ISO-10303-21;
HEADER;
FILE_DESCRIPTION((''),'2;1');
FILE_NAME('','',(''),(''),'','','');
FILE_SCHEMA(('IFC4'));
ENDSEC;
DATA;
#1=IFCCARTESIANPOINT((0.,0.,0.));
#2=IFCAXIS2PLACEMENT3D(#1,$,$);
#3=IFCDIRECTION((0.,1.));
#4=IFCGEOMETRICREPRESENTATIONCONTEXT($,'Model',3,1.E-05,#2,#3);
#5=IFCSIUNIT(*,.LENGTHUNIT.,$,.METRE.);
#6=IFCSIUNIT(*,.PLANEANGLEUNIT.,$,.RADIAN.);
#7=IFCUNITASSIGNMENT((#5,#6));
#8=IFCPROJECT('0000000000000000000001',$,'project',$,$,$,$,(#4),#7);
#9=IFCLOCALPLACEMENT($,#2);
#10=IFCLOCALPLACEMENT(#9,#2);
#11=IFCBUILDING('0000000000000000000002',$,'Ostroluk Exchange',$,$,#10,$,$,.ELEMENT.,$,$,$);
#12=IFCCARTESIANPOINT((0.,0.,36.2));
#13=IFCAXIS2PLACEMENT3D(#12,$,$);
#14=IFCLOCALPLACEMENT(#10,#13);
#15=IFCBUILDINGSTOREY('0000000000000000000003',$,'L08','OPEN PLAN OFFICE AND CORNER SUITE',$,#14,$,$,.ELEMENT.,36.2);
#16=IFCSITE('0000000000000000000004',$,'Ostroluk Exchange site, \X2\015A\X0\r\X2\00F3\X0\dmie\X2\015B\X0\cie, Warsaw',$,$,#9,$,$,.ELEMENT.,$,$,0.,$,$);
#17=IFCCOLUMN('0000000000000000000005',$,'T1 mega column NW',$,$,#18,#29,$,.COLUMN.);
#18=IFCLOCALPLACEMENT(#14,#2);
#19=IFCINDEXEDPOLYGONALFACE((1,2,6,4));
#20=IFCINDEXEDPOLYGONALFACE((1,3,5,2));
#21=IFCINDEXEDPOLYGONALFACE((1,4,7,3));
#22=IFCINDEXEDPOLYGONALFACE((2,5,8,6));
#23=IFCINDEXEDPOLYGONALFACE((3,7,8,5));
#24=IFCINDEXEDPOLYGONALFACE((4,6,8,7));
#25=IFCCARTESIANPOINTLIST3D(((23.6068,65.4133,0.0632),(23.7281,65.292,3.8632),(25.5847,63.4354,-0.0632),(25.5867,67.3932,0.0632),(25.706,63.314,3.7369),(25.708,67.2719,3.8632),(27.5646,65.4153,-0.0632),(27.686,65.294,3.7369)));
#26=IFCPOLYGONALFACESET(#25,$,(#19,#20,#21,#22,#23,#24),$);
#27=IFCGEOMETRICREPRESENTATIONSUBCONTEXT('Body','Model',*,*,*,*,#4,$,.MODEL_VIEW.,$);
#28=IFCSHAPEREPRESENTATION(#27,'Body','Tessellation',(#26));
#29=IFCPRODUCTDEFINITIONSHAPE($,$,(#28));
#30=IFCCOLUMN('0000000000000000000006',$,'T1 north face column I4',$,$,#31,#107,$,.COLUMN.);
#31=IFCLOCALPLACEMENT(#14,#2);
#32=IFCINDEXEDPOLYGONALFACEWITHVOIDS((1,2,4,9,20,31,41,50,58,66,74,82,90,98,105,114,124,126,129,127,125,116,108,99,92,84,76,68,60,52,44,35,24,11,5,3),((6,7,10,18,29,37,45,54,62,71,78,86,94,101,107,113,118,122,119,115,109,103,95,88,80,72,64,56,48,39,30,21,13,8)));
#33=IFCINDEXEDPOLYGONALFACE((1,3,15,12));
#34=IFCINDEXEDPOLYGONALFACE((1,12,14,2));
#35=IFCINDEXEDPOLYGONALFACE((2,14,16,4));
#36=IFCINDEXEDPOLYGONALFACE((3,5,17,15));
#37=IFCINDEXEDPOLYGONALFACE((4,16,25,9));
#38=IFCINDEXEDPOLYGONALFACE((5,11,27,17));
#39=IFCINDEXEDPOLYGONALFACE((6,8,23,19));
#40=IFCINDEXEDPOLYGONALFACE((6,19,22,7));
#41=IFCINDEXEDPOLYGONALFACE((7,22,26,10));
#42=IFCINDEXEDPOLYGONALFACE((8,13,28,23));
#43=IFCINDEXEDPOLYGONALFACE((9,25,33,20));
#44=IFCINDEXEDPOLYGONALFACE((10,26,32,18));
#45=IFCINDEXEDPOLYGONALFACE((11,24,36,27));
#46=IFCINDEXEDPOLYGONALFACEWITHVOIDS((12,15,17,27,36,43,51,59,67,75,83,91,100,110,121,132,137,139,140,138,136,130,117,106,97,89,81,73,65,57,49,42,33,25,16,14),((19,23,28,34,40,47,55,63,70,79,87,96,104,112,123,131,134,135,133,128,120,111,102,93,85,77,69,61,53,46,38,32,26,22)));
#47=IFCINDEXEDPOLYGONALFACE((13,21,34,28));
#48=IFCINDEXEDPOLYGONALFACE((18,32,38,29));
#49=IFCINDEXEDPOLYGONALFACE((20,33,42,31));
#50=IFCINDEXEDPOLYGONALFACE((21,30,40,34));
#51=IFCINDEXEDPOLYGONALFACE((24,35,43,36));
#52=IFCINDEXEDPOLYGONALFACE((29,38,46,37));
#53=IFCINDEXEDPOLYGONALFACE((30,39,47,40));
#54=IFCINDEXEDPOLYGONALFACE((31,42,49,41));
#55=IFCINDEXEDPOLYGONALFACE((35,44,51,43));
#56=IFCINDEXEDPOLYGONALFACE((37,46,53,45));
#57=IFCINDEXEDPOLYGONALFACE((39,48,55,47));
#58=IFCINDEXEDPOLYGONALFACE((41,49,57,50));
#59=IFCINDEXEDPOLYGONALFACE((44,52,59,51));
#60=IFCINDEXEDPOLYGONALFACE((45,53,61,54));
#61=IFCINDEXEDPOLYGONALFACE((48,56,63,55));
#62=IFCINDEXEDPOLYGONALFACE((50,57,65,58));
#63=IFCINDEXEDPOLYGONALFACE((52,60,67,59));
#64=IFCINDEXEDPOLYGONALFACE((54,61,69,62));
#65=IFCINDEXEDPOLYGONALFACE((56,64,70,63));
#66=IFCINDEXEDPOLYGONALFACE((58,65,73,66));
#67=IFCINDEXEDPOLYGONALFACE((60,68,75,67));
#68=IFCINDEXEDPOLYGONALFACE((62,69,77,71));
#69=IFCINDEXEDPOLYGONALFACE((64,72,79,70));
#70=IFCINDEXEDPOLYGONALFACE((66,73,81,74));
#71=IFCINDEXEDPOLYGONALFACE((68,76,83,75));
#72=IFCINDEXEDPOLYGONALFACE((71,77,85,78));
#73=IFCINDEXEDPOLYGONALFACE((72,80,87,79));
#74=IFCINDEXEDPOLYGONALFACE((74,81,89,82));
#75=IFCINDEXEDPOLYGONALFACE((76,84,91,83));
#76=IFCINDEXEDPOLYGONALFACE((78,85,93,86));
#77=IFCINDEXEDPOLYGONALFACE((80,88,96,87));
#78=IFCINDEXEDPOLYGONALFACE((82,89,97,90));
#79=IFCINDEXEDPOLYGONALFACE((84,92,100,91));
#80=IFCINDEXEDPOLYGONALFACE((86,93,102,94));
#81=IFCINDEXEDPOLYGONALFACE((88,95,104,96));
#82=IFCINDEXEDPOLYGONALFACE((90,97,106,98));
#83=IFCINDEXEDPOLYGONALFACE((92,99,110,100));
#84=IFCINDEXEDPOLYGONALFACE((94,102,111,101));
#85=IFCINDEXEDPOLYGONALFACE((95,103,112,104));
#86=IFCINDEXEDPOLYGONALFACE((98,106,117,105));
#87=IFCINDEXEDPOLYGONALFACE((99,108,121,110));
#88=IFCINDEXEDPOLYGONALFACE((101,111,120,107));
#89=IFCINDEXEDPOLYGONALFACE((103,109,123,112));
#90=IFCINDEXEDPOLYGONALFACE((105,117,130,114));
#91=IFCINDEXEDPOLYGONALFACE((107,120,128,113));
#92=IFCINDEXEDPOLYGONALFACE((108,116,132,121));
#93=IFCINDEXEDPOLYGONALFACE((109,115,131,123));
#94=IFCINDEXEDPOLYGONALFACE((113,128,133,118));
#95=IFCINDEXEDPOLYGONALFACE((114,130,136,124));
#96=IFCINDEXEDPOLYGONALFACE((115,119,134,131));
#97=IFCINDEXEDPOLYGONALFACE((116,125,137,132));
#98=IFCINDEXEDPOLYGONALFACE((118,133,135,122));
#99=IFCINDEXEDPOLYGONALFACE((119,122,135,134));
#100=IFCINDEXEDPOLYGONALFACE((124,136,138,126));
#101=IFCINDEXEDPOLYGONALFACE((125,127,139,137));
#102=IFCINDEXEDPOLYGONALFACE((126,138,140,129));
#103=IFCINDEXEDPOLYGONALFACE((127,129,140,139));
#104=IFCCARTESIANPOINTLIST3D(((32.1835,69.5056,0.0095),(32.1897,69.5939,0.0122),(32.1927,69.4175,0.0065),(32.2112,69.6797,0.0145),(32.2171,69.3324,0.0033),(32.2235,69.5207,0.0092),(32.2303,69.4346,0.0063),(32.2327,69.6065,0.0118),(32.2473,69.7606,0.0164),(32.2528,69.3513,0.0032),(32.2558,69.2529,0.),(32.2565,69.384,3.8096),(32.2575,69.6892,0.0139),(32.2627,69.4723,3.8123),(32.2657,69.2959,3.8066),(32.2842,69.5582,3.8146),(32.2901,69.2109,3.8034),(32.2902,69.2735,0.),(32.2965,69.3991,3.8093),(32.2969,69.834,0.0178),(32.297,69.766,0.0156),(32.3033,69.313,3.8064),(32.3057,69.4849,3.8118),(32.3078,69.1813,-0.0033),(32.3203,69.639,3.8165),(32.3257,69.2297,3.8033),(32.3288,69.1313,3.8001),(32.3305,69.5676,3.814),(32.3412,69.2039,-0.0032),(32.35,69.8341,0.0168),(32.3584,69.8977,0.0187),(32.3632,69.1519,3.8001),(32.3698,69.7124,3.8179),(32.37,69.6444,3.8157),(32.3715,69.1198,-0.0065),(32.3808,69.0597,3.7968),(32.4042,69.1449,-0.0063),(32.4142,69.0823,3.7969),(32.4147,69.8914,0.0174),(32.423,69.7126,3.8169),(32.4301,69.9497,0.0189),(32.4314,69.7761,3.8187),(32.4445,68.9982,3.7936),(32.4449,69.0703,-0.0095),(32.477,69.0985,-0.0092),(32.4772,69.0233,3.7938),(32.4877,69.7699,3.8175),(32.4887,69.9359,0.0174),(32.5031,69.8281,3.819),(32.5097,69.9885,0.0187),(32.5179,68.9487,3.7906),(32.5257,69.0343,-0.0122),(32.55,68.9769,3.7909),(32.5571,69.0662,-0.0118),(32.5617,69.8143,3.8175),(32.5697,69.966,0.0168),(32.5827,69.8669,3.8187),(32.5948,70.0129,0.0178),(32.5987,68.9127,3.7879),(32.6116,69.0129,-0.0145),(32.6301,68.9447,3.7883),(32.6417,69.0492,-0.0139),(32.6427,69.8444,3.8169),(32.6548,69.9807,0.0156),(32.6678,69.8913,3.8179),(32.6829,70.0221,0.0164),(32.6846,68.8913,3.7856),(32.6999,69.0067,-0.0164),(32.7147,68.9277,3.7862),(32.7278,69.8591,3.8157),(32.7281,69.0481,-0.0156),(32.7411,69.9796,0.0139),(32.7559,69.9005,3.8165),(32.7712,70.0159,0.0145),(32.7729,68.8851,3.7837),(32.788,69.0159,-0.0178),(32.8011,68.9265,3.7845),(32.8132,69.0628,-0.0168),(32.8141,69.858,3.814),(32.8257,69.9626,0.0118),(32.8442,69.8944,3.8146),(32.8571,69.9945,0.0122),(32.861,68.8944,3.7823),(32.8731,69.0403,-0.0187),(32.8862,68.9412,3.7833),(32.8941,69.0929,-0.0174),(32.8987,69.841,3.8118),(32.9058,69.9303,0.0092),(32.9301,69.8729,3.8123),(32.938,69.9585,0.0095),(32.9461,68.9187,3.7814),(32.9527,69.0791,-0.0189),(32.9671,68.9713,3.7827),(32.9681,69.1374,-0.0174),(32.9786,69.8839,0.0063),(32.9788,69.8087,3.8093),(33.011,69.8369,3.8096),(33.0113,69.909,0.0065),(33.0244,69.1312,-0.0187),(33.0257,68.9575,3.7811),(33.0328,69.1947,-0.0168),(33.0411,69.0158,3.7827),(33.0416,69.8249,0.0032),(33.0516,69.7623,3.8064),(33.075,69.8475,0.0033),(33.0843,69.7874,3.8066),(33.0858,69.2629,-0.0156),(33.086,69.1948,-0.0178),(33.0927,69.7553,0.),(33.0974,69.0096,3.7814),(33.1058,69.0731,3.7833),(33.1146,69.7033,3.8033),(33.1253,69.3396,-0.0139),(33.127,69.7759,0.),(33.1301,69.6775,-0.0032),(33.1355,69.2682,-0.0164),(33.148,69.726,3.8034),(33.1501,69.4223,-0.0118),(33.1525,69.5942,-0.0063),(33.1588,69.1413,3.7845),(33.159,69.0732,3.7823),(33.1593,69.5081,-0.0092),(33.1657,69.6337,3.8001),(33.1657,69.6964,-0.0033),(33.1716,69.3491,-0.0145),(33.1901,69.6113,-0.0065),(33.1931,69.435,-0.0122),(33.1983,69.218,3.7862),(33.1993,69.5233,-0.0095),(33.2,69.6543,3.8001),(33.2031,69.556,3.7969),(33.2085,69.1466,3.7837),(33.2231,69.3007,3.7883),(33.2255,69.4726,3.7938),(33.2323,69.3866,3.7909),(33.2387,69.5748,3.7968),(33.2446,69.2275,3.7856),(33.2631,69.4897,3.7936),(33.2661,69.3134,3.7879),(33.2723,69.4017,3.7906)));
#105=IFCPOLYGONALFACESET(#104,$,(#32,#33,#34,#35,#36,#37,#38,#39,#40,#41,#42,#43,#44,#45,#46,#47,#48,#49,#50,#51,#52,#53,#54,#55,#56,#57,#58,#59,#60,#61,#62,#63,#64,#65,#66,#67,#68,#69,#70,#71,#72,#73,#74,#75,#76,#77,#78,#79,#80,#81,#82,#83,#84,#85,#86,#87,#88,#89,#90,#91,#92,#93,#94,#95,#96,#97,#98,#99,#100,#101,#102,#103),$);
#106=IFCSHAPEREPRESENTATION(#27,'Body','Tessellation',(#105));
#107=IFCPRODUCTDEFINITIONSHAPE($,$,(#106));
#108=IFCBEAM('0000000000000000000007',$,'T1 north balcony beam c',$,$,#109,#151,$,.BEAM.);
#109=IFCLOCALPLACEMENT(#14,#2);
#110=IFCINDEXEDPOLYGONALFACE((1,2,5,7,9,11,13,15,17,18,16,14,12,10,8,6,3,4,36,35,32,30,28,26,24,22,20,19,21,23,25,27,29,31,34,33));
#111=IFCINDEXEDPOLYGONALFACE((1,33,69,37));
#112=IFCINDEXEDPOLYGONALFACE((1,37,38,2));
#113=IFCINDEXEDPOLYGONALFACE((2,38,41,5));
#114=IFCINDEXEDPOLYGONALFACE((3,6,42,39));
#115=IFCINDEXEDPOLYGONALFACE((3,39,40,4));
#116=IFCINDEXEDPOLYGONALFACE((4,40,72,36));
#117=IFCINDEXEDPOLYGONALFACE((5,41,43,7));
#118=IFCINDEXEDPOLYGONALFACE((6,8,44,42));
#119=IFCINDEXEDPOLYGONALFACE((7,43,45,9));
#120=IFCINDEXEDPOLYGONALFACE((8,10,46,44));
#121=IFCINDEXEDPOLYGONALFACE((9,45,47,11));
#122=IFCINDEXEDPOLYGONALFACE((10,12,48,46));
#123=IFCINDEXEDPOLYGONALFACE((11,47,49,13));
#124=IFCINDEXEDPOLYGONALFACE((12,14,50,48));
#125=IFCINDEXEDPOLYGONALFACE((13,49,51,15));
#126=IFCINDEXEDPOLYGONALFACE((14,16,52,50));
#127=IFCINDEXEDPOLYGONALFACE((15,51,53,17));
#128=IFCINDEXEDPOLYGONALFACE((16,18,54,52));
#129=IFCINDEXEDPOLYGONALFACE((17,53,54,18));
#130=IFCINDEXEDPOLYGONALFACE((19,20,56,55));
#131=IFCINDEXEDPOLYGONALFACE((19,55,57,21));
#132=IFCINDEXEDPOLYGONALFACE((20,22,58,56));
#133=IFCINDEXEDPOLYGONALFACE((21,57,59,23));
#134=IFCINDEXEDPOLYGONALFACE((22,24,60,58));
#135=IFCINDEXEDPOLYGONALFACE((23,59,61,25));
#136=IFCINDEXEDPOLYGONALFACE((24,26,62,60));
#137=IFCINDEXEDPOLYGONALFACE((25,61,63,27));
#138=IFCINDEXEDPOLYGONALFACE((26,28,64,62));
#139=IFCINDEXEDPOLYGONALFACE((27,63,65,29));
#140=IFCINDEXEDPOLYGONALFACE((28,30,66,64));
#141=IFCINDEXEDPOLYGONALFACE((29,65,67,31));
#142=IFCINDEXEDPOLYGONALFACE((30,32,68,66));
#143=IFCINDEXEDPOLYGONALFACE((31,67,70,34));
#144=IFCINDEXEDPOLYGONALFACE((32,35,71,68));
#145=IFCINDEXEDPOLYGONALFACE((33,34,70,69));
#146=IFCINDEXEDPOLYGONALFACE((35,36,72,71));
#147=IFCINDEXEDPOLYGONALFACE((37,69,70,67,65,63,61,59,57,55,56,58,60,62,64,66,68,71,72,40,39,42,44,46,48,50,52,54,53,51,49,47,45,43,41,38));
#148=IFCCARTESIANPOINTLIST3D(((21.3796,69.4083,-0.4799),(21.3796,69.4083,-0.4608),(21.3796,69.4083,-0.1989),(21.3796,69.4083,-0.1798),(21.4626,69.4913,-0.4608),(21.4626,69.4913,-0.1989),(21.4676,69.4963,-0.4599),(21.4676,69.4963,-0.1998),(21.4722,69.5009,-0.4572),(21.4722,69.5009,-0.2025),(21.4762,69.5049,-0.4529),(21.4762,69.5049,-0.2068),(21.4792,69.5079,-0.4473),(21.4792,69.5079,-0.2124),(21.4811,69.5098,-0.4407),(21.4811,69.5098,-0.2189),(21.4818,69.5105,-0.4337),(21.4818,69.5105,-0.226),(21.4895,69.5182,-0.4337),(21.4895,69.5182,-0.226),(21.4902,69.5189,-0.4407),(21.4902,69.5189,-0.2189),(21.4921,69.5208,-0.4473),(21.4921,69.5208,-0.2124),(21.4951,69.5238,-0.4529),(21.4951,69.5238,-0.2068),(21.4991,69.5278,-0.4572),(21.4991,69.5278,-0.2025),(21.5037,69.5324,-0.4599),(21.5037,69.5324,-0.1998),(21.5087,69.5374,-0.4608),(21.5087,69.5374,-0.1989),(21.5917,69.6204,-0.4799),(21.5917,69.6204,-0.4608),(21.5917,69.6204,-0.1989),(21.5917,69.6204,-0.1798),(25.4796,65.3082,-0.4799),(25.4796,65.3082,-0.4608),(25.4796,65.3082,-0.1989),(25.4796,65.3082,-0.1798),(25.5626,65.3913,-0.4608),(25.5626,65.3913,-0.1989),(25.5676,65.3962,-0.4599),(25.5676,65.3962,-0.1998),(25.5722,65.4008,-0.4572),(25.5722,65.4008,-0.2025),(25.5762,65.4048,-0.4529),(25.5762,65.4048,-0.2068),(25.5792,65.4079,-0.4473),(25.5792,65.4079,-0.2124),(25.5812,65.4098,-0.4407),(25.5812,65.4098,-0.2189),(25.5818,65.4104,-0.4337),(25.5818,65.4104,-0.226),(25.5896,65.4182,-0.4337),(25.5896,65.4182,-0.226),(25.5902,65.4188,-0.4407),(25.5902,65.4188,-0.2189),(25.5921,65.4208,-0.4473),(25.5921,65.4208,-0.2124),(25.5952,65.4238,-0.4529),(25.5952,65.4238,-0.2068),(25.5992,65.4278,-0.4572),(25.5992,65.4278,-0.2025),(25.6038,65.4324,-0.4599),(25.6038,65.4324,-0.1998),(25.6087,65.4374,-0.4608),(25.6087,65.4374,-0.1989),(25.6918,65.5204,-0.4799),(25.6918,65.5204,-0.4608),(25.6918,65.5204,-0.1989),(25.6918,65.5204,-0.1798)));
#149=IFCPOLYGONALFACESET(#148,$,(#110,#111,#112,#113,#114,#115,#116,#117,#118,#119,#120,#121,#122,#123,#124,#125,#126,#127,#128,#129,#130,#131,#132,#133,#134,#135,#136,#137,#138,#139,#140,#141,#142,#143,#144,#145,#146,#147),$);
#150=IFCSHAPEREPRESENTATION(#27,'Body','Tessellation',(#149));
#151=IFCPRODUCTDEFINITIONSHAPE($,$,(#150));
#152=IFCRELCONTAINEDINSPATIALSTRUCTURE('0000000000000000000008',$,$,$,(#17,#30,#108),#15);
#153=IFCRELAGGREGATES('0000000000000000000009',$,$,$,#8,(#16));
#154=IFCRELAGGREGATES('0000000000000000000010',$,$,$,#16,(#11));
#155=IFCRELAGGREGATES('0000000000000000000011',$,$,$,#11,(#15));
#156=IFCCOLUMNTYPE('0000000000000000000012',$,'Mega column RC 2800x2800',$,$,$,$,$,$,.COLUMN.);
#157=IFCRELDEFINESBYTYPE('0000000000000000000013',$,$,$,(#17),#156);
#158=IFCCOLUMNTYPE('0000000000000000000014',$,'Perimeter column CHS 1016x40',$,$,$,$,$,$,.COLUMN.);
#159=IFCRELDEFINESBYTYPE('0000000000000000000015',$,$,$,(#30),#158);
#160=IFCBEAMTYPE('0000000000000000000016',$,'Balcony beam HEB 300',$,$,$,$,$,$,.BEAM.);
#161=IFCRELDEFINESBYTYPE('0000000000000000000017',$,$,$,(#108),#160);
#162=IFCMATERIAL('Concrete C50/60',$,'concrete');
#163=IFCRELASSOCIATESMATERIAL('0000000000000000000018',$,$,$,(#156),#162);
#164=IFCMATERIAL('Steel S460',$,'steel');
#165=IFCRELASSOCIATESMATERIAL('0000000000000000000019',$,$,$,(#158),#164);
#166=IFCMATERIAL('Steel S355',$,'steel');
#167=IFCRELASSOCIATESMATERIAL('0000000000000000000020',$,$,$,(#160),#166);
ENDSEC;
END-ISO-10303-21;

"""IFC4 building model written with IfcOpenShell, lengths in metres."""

from ifc_helpers import new_model, si_unit, direction, frame, origin, origin_2d, place, context, subcontext, project, spatial, rectangle, hollow_circle, i_section, extrude, material, material_profile, profile_set, type_object, element, save


model = new_model("IFC4")

# Units and contexts
model_context = context("Model", 3, precision=1e-05, world=origin(), true_north=direction((0.0, 1.0)))
body_context = subcontext(model_context, "Body", "Model", "MODEL_VIEW")
ifc_project = project(units=[si_unit("LENGTHUNIT", "METRE"), si_unit("PLANEANGLEUNIT", "RADIAN")], contexts=[model_context])

# Site, building, storey
site_placement = place(None, origin())
site = spatial("IfcSite", under=ifc_project, at=site_placement, Name="Ostroluk Exchange site, Śródmieście, Warsaw", CompositionType="ELEMENT", RefElevation=0.0)
building_placement = place(site_placement, origin())
building = spatial("IfcBuilding", under=site, at=building_placement, Name="Ostroluk Exchange", CompositionType="ELEMENT")
storey_placement = place(building_placement, frame((0.0, 0.0, 36.2)))
storey = spatial("IfcBuildingStorey", under=building, at=storey_placement, Name="L08", Description="OPEN PLAN OFFICE AND CORNER SUITE", CompositionType="ELEMENT", Elevation=36.2)

# Columns
ifc_material_1 = material(Name="Concrete C50/60", Category="concrete")
ifc_material_profile_1 = material_profile(ifc_material_1, rectangle(XDim=2.8, YDim=2.8, at=origin_2d()), Name="RC 2800x2800")
ifc_profile_set_1 = profile_set([ifc_material_profile_1], Name="Concrete C50/60")
column_type_1 = type_object("IfcColumnType", Name="Mega column RC 2800x2800", PredefinedType="COLUMN", material=ifc_profile_set_1)
column_1_placement = place(storey_placement, frame((25.5857, 65.4143, 0.0), z_axis=(0.031898, -0.031898, 0.998982), x_axis=(0.707107, 0.707107, 0.0)))
element("IfcColumn", 1, at=column_1_placement, inside=storey, type_object=column_type_1, Name="T1 mega column NW", PredefinedType="COLUMN", context=body_context, shape_type="SweptSolid", body=[
    extrude(rectangle(XDim=2.8, YDim=2.8, at=origin_2d()), origin(), (0.0, 0.0, 1.0), 3.804),
])
ifc_material_2 = material(Name="Steel S460", Category="steel")
ifc_material_profile_2 = material_profile(ifc_material_2, hollow_circle(Radius=0.5081, WallThickness=0.04, at=origin_2d()), Name="CHS 1016x40")
ifc_profile_set_2 = profile_set([ifc_material_profile_2], Name="Steel S460")
column_type_2 = type_object("IfcColumnType", Name="Perimeter column CHS 1016x40", PredefinedType="COLUMN", material=ifc_profile_set_2)
column_2_placement = place(storey_placement, frame((32.6914, 69.5144, 0.0), z_axis=(0.019196, -0.031973, 0.999304), x_axis=(0.857341, 0.514749, 0.0)))
element("IfcColumn", 2, at=column_2_placement, inside=storey, type_object=column_type_2, Name="T1 north face column I4", PredefinedType="COLUMN", context=body_context, shape_type="SweptSolid", body=[
    extrude(hollow_circle(Radius=0.5081, WallThickness=0.04, at=origin_2d()), origin(), (0.0, 0.0, 1.0), 3.8027),
])

# Beam
ifc_material_3 = material(Name="Steel S355", Category="steel")
ifc_material_profile_3 = material_profile(ifc_material_3, i_section(OverallWidth=0.3, OverallDepth=0.3, WebThickness=0.011, FlangeThickness=0.019, FilletRadius=0.0271, at=origin_2d()), Name="HEB 300")
ifc_profile_set_3 = profile_set([ifc_material_profile_3], Name="Steel S355")
beam_type_1 = type_object("IfcBeamType", Name="Balcony beam HEB 300", PredefinedType="BEAM", material=ifc_profile_set_3)
beam_1_placement = place(storey_placement, frame((25.5857, 65.4143, -0.3298), z_axis=(-0.707107, 0.707107, 0.0), x_axis=(-0.707107, -0.707107, 0.0)))
element("IfcBeam", 3, at=beam_1_placement, inside=storey, type_object=beam_type_1, Name="T1 north balcony beam c", PredefinedType="BEAM", context=body_context, shape_type="SweptSolid", body=[
    extrude(i_section(OverallWidth=0.3, OverallDepth=0.3, WebThickness=0.011, FlangeThickness=0.019, FilletRadius=0.0271, at=origin_2d()), origin(), (0.0, 0.0, 1.0), 5.7983),
])

save(model, "model.ifc")
